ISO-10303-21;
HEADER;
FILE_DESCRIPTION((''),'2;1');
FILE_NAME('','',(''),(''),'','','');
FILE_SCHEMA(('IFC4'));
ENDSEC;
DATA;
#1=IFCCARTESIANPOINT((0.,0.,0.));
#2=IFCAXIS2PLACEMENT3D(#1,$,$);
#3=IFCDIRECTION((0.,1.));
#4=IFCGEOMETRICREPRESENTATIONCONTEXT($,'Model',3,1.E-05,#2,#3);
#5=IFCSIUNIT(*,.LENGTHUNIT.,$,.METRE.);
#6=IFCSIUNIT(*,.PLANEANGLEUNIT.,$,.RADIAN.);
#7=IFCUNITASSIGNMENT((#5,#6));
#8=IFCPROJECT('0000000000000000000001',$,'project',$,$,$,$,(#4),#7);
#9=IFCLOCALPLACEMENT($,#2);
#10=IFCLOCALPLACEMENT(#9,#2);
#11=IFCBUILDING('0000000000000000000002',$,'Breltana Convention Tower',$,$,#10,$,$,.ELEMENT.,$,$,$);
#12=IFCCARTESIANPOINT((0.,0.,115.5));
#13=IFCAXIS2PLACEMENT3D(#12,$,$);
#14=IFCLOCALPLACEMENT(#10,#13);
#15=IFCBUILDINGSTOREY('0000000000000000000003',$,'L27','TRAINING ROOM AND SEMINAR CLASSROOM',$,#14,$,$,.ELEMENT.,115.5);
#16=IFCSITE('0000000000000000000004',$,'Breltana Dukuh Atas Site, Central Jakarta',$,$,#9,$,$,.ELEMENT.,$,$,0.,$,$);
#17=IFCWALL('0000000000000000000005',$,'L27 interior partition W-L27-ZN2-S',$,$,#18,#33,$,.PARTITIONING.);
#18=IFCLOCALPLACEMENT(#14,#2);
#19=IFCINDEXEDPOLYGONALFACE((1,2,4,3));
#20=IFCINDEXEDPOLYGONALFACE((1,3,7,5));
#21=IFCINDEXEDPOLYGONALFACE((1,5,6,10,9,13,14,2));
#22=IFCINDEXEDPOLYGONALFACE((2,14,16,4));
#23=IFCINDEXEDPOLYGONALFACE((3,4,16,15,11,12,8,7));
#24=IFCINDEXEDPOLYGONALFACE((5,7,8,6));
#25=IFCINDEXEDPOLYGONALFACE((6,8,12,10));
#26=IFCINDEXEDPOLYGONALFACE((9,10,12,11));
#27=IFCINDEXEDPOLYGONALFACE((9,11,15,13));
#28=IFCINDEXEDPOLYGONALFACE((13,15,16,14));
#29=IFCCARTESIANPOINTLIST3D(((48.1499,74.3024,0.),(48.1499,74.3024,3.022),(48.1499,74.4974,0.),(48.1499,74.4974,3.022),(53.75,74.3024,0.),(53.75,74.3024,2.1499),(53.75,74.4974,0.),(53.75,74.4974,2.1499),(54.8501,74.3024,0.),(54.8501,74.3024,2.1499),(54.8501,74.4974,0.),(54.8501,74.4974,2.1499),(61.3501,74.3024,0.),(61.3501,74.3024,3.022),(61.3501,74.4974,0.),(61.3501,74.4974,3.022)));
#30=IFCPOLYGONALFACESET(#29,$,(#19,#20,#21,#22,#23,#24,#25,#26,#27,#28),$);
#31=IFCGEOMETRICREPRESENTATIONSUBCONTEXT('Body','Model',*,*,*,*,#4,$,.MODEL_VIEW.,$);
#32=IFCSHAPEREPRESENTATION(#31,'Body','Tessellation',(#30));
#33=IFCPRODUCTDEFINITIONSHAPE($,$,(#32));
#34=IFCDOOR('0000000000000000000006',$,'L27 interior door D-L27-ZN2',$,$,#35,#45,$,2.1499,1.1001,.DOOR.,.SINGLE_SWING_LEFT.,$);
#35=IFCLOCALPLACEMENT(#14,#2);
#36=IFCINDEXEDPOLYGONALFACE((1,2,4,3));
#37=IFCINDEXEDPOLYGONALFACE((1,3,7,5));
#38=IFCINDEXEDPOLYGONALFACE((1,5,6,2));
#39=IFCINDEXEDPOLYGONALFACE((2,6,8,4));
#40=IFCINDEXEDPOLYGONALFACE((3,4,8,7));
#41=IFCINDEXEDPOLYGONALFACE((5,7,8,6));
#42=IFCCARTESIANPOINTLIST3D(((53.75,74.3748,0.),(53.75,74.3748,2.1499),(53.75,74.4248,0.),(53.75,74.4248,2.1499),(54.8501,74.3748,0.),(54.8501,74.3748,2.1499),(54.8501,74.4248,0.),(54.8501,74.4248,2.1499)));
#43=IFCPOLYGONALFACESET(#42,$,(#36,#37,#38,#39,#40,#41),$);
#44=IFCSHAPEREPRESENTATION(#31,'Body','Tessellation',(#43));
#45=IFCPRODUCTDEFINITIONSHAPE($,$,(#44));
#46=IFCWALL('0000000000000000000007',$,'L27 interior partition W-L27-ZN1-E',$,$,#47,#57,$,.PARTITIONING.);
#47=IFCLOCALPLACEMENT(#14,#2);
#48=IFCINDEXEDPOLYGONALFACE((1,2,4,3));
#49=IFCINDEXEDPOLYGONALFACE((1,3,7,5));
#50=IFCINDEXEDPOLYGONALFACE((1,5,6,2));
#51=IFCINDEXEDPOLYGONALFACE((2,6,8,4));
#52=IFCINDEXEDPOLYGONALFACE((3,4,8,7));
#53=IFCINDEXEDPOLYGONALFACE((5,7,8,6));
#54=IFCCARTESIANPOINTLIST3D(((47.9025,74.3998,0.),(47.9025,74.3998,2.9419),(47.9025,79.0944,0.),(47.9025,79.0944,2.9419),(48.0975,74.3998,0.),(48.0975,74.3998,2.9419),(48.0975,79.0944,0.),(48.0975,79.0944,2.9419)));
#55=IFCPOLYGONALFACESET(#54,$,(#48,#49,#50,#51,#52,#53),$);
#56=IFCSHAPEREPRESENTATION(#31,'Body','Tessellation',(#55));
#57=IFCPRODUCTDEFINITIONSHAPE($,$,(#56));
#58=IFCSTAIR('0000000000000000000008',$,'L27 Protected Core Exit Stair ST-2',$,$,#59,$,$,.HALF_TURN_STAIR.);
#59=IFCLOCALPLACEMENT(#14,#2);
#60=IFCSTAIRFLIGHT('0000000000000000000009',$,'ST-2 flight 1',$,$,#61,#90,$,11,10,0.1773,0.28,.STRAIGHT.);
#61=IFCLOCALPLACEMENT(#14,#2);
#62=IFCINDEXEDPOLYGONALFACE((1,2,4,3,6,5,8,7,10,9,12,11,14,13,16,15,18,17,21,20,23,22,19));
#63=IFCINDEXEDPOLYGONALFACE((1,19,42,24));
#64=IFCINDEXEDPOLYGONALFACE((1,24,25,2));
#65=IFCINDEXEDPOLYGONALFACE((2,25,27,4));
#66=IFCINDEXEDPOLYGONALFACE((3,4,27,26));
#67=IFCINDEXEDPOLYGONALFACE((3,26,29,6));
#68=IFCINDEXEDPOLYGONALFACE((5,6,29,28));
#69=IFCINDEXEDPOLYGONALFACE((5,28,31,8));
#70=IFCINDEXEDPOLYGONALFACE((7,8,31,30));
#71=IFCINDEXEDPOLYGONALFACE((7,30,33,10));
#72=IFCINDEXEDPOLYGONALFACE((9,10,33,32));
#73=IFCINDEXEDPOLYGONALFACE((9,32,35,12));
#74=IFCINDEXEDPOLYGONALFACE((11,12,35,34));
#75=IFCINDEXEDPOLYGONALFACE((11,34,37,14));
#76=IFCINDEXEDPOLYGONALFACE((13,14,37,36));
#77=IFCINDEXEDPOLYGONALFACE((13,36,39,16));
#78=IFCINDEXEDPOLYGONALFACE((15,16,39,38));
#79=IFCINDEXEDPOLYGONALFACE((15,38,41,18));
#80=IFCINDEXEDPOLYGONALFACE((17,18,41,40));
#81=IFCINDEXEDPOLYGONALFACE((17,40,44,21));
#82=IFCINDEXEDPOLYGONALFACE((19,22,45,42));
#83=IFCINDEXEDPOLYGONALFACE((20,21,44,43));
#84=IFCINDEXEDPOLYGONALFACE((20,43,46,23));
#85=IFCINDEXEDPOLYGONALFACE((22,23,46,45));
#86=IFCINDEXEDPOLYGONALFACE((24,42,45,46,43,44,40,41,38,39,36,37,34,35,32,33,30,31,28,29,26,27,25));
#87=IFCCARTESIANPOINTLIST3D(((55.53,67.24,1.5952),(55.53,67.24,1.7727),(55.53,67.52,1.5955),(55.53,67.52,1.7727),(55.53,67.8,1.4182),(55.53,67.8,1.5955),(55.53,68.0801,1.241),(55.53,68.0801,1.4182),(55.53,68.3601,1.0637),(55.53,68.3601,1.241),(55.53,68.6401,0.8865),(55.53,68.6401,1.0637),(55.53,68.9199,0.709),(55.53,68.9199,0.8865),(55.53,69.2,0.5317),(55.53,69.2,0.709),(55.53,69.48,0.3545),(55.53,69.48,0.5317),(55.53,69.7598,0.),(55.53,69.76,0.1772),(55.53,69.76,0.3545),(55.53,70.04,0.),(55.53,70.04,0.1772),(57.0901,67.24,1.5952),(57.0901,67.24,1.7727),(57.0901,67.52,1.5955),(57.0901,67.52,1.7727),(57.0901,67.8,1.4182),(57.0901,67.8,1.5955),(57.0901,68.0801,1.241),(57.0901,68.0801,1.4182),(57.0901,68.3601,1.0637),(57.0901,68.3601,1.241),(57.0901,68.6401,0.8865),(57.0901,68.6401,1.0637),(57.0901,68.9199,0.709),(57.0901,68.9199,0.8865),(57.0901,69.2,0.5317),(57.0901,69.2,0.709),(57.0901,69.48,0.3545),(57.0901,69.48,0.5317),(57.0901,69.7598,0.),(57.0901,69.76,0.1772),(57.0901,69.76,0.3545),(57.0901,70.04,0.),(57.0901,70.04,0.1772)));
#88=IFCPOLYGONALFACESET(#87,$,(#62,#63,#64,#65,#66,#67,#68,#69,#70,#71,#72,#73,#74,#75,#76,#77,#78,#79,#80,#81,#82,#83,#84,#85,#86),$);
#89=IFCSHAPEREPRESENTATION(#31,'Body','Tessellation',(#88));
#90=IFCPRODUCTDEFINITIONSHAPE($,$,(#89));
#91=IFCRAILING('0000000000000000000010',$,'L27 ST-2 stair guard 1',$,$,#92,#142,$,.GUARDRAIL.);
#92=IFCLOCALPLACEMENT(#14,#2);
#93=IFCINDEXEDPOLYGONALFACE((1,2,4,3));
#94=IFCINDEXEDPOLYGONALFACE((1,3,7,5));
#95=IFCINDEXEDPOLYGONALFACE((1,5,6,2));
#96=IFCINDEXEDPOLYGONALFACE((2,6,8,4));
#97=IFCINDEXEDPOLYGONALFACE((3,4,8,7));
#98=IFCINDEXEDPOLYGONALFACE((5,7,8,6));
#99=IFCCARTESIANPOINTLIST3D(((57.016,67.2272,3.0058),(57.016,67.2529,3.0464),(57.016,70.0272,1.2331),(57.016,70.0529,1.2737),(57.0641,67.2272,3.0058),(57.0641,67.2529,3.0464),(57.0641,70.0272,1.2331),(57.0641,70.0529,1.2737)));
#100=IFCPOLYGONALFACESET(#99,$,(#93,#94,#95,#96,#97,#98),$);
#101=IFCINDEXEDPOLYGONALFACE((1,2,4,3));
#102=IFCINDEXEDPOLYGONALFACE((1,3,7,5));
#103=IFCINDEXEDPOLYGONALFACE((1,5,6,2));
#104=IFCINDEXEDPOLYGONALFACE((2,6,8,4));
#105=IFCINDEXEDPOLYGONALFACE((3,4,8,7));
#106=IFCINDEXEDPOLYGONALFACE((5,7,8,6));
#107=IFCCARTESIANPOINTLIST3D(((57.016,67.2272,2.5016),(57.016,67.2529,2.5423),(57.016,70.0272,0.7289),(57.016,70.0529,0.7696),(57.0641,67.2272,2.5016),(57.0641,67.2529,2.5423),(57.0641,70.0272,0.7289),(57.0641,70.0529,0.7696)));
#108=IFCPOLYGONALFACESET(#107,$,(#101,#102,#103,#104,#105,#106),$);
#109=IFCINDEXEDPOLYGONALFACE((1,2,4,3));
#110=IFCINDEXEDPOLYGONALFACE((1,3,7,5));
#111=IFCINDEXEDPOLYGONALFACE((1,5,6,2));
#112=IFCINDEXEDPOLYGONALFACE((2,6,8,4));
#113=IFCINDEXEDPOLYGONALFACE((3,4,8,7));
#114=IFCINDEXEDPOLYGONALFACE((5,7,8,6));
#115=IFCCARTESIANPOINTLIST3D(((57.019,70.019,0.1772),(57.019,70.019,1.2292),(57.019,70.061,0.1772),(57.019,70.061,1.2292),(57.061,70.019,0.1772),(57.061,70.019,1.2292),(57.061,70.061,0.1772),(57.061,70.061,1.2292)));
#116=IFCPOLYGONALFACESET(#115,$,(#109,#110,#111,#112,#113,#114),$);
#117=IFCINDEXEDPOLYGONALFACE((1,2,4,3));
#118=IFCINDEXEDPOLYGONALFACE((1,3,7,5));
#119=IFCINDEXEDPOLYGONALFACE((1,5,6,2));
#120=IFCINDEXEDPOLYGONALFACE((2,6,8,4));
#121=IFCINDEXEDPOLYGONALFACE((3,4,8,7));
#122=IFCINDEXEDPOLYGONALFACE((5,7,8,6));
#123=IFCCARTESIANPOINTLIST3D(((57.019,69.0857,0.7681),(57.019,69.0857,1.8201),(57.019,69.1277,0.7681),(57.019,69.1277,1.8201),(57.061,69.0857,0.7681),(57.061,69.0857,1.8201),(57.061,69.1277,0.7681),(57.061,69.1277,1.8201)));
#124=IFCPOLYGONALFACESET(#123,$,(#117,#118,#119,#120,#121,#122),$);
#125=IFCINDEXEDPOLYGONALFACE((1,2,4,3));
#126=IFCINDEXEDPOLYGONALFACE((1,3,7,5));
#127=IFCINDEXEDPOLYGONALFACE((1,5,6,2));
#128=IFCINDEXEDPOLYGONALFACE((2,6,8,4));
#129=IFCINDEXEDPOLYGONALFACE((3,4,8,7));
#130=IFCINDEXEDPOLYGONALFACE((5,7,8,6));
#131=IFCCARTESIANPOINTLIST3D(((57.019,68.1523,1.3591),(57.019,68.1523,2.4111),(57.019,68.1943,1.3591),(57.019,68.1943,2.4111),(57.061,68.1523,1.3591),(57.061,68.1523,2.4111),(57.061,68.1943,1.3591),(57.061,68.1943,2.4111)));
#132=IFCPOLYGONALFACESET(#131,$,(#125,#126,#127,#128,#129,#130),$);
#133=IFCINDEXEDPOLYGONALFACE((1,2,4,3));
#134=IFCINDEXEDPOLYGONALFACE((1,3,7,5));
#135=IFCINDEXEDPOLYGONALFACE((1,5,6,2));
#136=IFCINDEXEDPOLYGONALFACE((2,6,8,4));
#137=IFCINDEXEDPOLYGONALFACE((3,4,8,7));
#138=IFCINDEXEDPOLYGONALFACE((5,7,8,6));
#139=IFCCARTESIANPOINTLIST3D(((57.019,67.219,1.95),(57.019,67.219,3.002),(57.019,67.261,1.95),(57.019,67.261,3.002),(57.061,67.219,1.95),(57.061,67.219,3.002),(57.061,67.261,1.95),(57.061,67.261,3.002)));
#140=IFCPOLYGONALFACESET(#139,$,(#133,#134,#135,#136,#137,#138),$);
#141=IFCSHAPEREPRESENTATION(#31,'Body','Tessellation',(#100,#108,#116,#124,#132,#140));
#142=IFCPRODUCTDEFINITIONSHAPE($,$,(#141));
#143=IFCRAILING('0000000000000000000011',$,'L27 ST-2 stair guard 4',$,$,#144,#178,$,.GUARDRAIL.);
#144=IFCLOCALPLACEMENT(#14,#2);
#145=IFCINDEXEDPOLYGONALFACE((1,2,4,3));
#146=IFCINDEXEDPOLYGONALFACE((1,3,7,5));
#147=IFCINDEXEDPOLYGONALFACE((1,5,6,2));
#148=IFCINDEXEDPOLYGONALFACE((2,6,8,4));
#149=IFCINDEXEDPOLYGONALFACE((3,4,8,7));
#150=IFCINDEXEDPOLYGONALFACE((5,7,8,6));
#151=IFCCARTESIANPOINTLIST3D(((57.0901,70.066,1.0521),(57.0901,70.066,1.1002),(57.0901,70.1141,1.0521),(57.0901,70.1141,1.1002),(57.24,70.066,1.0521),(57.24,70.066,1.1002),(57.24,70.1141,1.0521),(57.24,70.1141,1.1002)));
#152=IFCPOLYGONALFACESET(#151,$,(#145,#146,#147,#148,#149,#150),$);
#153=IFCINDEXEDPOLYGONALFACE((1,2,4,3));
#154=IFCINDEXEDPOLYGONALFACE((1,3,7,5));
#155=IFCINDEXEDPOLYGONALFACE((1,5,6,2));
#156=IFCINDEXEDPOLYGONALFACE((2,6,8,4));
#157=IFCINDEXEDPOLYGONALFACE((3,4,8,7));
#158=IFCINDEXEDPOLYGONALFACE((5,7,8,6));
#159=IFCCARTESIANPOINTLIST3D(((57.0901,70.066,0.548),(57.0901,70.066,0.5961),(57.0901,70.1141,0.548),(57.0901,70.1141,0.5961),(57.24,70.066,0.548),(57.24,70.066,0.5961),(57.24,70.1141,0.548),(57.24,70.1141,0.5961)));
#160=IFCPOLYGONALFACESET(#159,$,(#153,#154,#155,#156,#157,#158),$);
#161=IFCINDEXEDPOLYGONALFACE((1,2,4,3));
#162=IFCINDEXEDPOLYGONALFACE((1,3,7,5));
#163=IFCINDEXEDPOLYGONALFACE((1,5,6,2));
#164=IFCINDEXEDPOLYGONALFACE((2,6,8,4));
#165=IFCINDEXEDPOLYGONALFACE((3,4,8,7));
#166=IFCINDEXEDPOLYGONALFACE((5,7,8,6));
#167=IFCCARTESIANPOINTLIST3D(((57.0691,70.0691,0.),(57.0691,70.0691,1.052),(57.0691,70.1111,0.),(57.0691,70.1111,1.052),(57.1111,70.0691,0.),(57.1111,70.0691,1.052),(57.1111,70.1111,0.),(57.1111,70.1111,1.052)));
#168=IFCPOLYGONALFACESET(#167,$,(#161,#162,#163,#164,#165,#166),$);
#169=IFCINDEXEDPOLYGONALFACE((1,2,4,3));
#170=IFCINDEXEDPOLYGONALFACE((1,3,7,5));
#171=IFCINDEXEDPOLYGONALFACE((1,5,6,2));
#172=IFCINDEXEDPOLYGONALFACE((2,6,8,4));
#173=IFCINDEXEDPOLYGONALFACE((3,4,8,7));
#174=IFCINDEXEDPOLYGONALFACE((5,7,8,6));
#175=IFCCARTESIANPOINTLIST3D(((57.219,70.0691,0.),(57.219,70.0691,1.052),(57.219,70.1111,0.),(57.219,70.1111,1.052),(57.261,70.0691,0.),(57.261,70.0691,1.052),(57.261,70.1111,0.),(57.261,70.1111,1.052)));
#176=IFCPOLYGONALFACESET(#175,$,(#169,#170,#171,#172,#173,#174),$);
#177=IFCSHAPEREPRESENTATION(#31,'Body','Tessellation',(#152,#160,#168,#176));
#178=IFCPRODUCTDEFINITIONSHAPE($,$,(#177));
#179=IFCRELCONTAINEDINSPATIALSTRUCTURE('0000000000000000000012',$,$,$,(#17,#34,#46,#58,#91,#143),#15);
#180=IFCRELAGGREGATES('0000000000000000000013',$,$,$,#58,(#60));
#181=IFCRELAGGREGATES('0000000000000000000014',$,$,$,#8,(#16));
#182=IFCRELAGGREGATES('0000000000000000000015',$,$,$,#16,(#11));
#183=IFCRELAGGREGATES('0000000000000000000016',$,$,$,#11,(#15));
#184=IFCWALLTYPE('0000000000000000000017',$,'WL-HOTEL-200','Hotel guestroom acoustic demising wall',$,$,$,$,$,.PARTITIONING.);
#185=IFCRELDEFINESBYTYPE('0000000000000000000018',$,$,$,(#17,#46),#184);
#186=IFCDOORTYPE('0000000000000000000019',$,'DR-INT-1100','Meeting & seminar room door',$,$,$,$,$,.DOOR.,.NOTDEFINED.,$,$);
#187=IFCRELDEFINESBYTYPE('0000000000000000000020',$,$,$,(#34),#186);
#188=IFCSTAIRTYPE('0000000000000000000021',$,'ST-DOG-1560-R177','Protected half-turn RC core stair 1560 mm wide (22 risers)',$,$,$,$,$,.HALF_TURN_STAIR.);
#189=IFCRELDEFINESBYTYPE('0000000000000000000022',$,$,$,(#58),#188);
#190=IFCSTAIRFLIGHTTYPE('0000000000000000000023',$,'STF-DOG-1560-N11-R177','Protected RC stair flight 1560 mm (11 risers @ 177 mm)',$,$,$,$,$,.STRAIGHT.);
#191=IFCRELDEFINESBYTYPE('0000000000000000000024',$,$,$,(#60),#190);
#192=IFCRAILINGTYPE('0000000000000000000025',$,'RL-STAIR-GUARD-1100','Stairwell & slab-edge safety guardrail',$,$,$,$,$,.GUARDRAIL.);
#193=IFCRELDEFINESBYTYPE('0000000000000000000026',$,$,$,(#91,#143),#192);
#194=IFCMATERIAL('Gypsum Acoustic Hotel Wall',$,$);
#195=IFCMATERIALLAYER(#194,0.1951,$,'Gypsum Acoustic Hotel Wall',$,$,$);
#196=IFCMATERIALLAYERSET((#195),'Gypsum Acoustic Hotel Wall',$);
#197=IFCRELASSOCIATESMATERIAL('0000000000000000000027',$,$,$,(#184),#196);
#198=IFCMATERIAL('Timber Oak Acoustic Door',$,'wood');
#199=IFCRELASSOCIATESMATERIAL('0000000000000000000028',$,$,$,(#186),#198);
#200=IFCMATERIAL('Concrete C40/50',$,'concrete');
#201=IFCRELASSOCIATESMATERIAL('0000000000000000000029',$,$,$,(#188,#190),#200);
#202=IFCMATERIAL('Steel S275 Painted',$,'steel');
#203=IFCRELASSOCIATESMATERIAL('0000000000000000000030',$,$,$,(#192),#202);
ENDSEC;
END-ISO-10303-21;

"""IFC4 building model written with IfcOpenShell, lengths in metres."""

from ifc_helpers import new_model, si_unit, direction, frame, frame_2d, origin, origin_2d, place, context, subcontext, project, spatial, polyline, rectangle, outline, extrude, source, transform, mapped, material, layer, layer_set, type_object, type_shapes, element, fill, aggregate, save


model = new_model("IFC4")

# Units and contexts
model_context = context("Model", 3, precision=1e-05, world=origin(), true_north=direction((0.0, 1.0)))
body_context = subcontext(model_context, "Body", "Model", "MODEL_VIEW")
ifc_project = project(units=[si_unit("LENGTHUNIT", "METRE"), si_unit("PLANEANGLEUNIT", "RADIAN")], contexts=[model_context])

# Site, building, storey
site_placement = place(None, origin())
site = spatial("IfcSite", under=ifc_project, at=site_placement, Name="Breltana Dukuh Atas Site, Central Jakarta", CompositionType="ELEMENT", RefElevation=0.0)
building_placement = place(site_placement, origin())
building = spatial("IfcBuilding", under=site, at=building_placement, Name="Breltana Convention Tower", CompositionType="ELEMENT")
storey_placement = place(building_placement, frame((0.0, 0.0, 115.5)))
storey = spatial("IfcBuildingStorey", under=building, at=storey_placement, Name="L27", Description="TRAINING ROOM AND SEMINAR CLASSROOM", CompositionType="ELEMENT", Elevation=115.5)

# Wall, opening, door
ifc_material_1 = material(Name="Gypsum Acoustic Hotel Wall")
ifc_layer_1 = layer(ifc_material_1, 0.1951, Name="Gypsum Acoustic Hotel Wall")
ifc_layer_set_1 = layer_set([ifc_layer_1], Name="Gypsum Acoustic Hotel Wall")
wall_type_1 = type_object("IfcWallType", Name="WL-HOTEL-200", Description="Hotel guestroom acoustic demising wall", PredefinedType="PARTITIONING", material=ifc_layer_set_1)
shared_shape_1 = source(origin(), body_context, "Body", "SweptSolid", [
    extrude(rectangle(XDim=13.2002, YDim=0.1951, at=frame_2d((6.6001, 0.0))), origin(), (0.0, 0.0, 1.0), 3.022),
])
wall_1_placement = place(storey_placement, frame((48.1499, 74.3999, 0.0), z_axis=(0.0, 0.0, 1.0), x_axis=(1.0, 0.0, 0.0)))
wall_1 = element("IfcWall", 1, at=wall_1_placement, inside=storey, type_object=wall_type_1, Name="L27 interior partition W-L27-ZN2-S", PredefinedType="PARTITIONING", context=body_context, shape_type="MappedRepresentation", body=[
    mapped(shared_shape_1, transform((0.0, 0.0, 0.0), scale=1.0)),
])
opening_1_placement = place(wall_1_placement, frame((5.6001, 0.0, 0.0)))
opening_1 = element("IfcOpeningElement", 2, at=opening_1_placement, cuts=wall_1, PredefinedType="OPENING", context=body_context, shape_type="SweptSolid", body=[
    extrude(rectangle(XDim=1.1001, YDim=2.1499, at=frame_2d((0.55, 1.075))), frame((0.0, 0.1074, 0.0), z_axis=(0.0, -1.0, 0.0), x_axis=(1.0, 0.0, 0.0)), (0.0, 0.0, 1.0), 0.2151),
])
ifc_material_2 = material(Name="Timber Oak Acoustic Door", Category="wood")
door_type_1 = type_object("IfcDoorType", Name="DR-INT-1100", Description="Meeting & seminar room door", OperationType="NOTDEFINED", PredefinedType="DOOR", material=ifc_material_2)
shared_shape_2 = source(origin(), body_context, "Body", "SweptSolid", [
    extrude(rectangle(XDim=1.1001, YDim=2.1499, at=frame_2d((0.55, 1.075))), frame((0.0, 0.0249, 0.0), z_axis=(0.0, -1.0, 0.0), x_axis=(1.0, 0.0, 0.0)), (0.0, 0.0, 1.0), 0.05),
])
type_shapes(door_type_1, [shared_shape_2])
door_1_placement = place(opening_1_placement, origin())
door_1 = element("IfcDoor", 3, at=door_1_placement, inside=storey, type_object=door_type_1, Name="L27 interior door D-L27-ZN2", OperationType="SINGLE_SWING_LEFT", OverallHeight=2.1499, OverallWidth=1.1001, PredefinedType="DOOR", context=body_context, shape_type="MappedRepresentation", body=[
    mapped(shared_shape_2, transform((0.0, 0.0, 0.0), scale=1.0)),
])
fill(opening_1, door_1)

# Wall
shared_shape_3 = source(origin(), body_context, "Body", "SweptSolid", [
    extrude(rectangle(XDim=4.6946, YDim=0.1951, at=frame_2d((2.3472, 0.0))), origin(), (0.0, 0.0, 1.0), 2.9419),
])
wall_2_placement = place(storey_placement, frame((48.0, 74.3999, 0.0), z_axis=(0.0, 0.0, 1.0), x_axis=(0.0, 1.0, 0.0)))
element("IfcWall", 4, at=wall_2_placement, inside=storey, type_object=wall_type_1, Name="L27 interior partition W-L27-ZN1-E", PredefinedType="PARTITIONING", context=body_context, shape_type="MappedRepresentation", body=[
    mapped(shared_shape_3, transform((0.0, 0.0, 0.0), scale=1.0)),
])

# Stair, stair flight
ifc_material_3 = material(Name="Concrete C40/50", Category="concrete")
stair_type = type_object("IfcStairType", Name="ST-DOG-1560-R177", Description="Protected half-turn RC core stair 1560 mm wide (22 risers)", PredefinedType="HALF_TURN_STAIR", material=ifc_material_3)
stair_placement = place(storey_placement, origin())
stair = element("IfcStair", 5, at=stair_placement, inside=storey, type_object=stair_type, Name="L27 Protected Core Exit Stair ST-2", PredefinedType="HALF_TURN_STAIR")
stair_flight_type = type_object("IfcStairFlightType", Name="STF-DOG-1560-N11-R177", Description="Protected RC stair flight 1560 mm (11 risers @ 177 mm)", PredefinedType="STRAIGHT", material=ifc_material_3)
stair_flight_placement = place(storey_placement, frame((56.3101, 70.04, 0.0), z_axis=(0.0, 0.0, 1.0), x_axis=(0.0, -1.0, 0.0)))
stair_flight = element("IfcStairFlight", 6, at=stair_flight_placement, type_object=stair_flight_type, Name="ST-2 flight 1", NumberOfRisers=11, NumberOfTreads=10, PredefinedType="STRAIGHT", RiserHeight=0.1773, TreadLength=0.28, context=body_context, shape_type="SweptSolid", body=[
    extrude(outline(polyline([(0.0, 0.0), (0.0, 0.1772), (0.28, 0.1772), (0.28, 0.3545), (0.5601, 0.3545), (0.5601, 0.5317), (0.8401, 0.5317), (0.8401, 0.709), (1.1201, 0.709), (1.1201, 0.8865), (1.3999, 0.8865), (1.3999, 1.0637), (1.6799, 1.0637), (1.6799, 1.241), (1.96, 1.241), (1.96, 1.4182), (2.24, 1.4182), (2.24, 1.5955), (2.52, 1.5955), (2.52, 1.7727), (2.8, 1.7727), (2.8, 1.95), (2.8, 1.5952), (0.2803, 0.0), (0.0, 0.0)])), frame((0.0, 0.78, 0.0), z_axis=(0.0, -1.0, 0.0), x_axis=(1.0, 0.0, 0.0)), (0.0, 0.0, 1.0), 1.5601),
])
aggregate(stair, [stair_flight])

# Railings
ifc_material_4 = material(Name="Steel S275 Painted", Category="steel")
railing_type_1 = type_object("IfcRailingType", Name="RL-STAIR-GUARD-1100", Description="Stairwell & slab-edge safety guardrail", PredefinedType="GUARDRAIL", material=ifc_material_4)
railing_1_placement = place(storey_placement, frame((57.04, 70.04, 0.1772)))
element("IfcRailing", 7, at=railing_1_placement, inside=storey, type_object=railing_type_1, Name="L27 ST-2 stair guard 1", PredefinedType="GUARDRAIL", context=body_context, shape_type="SweptSolid", body=[
    extrude(rectangle(XDim=0.0481, YDim=0.0481, at=origin_2d()), frame((0.0, 0.0, 1.0762), z_axis=(0.0, -0.844909, 0.53491), x_axis=(1.0, 0.0, 0.0)), (0.0, 0.0, 1.0), 3.314),
    extrude(rectangle(XDim=0.0481, YDim=0.0481, at=origin_2d()), frame((0.0, 0.0, 0.572), z_axis=(0.0, -0.844909, 0.53491), x_axis=(1.0, 0.0, 0.0)), (0.0, 0.0, 1.0), 3.314),
    extrude(rectangle(XDim=0.042, YDim=0.042, at=origin_2d()), origin(), (0.0, 0.0, 1.0), 1.052),
    extrude(rectangle(XDim=0.042, YDim=0.042, at=origin_2d()), frame((0.0, -0.9333, 0.5908)), (0.0, 0.0, 1.0), 1.052),
    extrude(rectangle(XDim=0.042, YDim=0.042, at=origin_2d()), frame((0.0, -1.8667, 1.1819)), (0.0, 0.0, 1.0), 1.052),
    extrude(rectangle(XDim=0.042, YDim=0.042, at=origin_2d()), frame((0.0, -2.8, 1.7727)), (0.0, 0.0, 1.0), 1.052),
])
railing_2_placement = place(storey_placement, frame((57.0901, 70.0901, 0.0)))
element("IfcRailing", 8, at=railing_2_placement, inside=storey, type_object=railing_type_1, Name="L27 ST-2 stair guard 4", PredefinedType="GUARDRAIL", context=body_context, shape_type="SweptSolid", body=[
    extrude(rectangle(XDim=0.0481, YDim=0.0481, at=origin_2d()), frame((0.0, 0.0, 1.0762), z_axis=(1.0, 0.0, 0.0), x_axis=(0.0, 1.0, 0.0)), (0.0, 0.0, 1.0), 0.1499),
    extrude(rectangle(XDim=0.0481, YDim=0.0481, at=origin_2d()), frame((0.0, 0.0, 0.572), z_axis=(1.0, 0.0, 0.0), x_axis=(0.0, 1.0, 0.0)), (0.0, 0.0, 1.0), 0.1499),
    extrude(rectangle(XDim=0.042, YDim=0.042, at=origin_2d()), origin(), (0.0, 0.0, 1.0), 1.052),
    extrude(rectangle(XDim=0.042, YDim=0.042, at=origin_2d()), frame((0.1499, 0.0, 0.0)), (0.0, 0.0, 1.0), 1.052),
])

save(model, "model.ifc")
